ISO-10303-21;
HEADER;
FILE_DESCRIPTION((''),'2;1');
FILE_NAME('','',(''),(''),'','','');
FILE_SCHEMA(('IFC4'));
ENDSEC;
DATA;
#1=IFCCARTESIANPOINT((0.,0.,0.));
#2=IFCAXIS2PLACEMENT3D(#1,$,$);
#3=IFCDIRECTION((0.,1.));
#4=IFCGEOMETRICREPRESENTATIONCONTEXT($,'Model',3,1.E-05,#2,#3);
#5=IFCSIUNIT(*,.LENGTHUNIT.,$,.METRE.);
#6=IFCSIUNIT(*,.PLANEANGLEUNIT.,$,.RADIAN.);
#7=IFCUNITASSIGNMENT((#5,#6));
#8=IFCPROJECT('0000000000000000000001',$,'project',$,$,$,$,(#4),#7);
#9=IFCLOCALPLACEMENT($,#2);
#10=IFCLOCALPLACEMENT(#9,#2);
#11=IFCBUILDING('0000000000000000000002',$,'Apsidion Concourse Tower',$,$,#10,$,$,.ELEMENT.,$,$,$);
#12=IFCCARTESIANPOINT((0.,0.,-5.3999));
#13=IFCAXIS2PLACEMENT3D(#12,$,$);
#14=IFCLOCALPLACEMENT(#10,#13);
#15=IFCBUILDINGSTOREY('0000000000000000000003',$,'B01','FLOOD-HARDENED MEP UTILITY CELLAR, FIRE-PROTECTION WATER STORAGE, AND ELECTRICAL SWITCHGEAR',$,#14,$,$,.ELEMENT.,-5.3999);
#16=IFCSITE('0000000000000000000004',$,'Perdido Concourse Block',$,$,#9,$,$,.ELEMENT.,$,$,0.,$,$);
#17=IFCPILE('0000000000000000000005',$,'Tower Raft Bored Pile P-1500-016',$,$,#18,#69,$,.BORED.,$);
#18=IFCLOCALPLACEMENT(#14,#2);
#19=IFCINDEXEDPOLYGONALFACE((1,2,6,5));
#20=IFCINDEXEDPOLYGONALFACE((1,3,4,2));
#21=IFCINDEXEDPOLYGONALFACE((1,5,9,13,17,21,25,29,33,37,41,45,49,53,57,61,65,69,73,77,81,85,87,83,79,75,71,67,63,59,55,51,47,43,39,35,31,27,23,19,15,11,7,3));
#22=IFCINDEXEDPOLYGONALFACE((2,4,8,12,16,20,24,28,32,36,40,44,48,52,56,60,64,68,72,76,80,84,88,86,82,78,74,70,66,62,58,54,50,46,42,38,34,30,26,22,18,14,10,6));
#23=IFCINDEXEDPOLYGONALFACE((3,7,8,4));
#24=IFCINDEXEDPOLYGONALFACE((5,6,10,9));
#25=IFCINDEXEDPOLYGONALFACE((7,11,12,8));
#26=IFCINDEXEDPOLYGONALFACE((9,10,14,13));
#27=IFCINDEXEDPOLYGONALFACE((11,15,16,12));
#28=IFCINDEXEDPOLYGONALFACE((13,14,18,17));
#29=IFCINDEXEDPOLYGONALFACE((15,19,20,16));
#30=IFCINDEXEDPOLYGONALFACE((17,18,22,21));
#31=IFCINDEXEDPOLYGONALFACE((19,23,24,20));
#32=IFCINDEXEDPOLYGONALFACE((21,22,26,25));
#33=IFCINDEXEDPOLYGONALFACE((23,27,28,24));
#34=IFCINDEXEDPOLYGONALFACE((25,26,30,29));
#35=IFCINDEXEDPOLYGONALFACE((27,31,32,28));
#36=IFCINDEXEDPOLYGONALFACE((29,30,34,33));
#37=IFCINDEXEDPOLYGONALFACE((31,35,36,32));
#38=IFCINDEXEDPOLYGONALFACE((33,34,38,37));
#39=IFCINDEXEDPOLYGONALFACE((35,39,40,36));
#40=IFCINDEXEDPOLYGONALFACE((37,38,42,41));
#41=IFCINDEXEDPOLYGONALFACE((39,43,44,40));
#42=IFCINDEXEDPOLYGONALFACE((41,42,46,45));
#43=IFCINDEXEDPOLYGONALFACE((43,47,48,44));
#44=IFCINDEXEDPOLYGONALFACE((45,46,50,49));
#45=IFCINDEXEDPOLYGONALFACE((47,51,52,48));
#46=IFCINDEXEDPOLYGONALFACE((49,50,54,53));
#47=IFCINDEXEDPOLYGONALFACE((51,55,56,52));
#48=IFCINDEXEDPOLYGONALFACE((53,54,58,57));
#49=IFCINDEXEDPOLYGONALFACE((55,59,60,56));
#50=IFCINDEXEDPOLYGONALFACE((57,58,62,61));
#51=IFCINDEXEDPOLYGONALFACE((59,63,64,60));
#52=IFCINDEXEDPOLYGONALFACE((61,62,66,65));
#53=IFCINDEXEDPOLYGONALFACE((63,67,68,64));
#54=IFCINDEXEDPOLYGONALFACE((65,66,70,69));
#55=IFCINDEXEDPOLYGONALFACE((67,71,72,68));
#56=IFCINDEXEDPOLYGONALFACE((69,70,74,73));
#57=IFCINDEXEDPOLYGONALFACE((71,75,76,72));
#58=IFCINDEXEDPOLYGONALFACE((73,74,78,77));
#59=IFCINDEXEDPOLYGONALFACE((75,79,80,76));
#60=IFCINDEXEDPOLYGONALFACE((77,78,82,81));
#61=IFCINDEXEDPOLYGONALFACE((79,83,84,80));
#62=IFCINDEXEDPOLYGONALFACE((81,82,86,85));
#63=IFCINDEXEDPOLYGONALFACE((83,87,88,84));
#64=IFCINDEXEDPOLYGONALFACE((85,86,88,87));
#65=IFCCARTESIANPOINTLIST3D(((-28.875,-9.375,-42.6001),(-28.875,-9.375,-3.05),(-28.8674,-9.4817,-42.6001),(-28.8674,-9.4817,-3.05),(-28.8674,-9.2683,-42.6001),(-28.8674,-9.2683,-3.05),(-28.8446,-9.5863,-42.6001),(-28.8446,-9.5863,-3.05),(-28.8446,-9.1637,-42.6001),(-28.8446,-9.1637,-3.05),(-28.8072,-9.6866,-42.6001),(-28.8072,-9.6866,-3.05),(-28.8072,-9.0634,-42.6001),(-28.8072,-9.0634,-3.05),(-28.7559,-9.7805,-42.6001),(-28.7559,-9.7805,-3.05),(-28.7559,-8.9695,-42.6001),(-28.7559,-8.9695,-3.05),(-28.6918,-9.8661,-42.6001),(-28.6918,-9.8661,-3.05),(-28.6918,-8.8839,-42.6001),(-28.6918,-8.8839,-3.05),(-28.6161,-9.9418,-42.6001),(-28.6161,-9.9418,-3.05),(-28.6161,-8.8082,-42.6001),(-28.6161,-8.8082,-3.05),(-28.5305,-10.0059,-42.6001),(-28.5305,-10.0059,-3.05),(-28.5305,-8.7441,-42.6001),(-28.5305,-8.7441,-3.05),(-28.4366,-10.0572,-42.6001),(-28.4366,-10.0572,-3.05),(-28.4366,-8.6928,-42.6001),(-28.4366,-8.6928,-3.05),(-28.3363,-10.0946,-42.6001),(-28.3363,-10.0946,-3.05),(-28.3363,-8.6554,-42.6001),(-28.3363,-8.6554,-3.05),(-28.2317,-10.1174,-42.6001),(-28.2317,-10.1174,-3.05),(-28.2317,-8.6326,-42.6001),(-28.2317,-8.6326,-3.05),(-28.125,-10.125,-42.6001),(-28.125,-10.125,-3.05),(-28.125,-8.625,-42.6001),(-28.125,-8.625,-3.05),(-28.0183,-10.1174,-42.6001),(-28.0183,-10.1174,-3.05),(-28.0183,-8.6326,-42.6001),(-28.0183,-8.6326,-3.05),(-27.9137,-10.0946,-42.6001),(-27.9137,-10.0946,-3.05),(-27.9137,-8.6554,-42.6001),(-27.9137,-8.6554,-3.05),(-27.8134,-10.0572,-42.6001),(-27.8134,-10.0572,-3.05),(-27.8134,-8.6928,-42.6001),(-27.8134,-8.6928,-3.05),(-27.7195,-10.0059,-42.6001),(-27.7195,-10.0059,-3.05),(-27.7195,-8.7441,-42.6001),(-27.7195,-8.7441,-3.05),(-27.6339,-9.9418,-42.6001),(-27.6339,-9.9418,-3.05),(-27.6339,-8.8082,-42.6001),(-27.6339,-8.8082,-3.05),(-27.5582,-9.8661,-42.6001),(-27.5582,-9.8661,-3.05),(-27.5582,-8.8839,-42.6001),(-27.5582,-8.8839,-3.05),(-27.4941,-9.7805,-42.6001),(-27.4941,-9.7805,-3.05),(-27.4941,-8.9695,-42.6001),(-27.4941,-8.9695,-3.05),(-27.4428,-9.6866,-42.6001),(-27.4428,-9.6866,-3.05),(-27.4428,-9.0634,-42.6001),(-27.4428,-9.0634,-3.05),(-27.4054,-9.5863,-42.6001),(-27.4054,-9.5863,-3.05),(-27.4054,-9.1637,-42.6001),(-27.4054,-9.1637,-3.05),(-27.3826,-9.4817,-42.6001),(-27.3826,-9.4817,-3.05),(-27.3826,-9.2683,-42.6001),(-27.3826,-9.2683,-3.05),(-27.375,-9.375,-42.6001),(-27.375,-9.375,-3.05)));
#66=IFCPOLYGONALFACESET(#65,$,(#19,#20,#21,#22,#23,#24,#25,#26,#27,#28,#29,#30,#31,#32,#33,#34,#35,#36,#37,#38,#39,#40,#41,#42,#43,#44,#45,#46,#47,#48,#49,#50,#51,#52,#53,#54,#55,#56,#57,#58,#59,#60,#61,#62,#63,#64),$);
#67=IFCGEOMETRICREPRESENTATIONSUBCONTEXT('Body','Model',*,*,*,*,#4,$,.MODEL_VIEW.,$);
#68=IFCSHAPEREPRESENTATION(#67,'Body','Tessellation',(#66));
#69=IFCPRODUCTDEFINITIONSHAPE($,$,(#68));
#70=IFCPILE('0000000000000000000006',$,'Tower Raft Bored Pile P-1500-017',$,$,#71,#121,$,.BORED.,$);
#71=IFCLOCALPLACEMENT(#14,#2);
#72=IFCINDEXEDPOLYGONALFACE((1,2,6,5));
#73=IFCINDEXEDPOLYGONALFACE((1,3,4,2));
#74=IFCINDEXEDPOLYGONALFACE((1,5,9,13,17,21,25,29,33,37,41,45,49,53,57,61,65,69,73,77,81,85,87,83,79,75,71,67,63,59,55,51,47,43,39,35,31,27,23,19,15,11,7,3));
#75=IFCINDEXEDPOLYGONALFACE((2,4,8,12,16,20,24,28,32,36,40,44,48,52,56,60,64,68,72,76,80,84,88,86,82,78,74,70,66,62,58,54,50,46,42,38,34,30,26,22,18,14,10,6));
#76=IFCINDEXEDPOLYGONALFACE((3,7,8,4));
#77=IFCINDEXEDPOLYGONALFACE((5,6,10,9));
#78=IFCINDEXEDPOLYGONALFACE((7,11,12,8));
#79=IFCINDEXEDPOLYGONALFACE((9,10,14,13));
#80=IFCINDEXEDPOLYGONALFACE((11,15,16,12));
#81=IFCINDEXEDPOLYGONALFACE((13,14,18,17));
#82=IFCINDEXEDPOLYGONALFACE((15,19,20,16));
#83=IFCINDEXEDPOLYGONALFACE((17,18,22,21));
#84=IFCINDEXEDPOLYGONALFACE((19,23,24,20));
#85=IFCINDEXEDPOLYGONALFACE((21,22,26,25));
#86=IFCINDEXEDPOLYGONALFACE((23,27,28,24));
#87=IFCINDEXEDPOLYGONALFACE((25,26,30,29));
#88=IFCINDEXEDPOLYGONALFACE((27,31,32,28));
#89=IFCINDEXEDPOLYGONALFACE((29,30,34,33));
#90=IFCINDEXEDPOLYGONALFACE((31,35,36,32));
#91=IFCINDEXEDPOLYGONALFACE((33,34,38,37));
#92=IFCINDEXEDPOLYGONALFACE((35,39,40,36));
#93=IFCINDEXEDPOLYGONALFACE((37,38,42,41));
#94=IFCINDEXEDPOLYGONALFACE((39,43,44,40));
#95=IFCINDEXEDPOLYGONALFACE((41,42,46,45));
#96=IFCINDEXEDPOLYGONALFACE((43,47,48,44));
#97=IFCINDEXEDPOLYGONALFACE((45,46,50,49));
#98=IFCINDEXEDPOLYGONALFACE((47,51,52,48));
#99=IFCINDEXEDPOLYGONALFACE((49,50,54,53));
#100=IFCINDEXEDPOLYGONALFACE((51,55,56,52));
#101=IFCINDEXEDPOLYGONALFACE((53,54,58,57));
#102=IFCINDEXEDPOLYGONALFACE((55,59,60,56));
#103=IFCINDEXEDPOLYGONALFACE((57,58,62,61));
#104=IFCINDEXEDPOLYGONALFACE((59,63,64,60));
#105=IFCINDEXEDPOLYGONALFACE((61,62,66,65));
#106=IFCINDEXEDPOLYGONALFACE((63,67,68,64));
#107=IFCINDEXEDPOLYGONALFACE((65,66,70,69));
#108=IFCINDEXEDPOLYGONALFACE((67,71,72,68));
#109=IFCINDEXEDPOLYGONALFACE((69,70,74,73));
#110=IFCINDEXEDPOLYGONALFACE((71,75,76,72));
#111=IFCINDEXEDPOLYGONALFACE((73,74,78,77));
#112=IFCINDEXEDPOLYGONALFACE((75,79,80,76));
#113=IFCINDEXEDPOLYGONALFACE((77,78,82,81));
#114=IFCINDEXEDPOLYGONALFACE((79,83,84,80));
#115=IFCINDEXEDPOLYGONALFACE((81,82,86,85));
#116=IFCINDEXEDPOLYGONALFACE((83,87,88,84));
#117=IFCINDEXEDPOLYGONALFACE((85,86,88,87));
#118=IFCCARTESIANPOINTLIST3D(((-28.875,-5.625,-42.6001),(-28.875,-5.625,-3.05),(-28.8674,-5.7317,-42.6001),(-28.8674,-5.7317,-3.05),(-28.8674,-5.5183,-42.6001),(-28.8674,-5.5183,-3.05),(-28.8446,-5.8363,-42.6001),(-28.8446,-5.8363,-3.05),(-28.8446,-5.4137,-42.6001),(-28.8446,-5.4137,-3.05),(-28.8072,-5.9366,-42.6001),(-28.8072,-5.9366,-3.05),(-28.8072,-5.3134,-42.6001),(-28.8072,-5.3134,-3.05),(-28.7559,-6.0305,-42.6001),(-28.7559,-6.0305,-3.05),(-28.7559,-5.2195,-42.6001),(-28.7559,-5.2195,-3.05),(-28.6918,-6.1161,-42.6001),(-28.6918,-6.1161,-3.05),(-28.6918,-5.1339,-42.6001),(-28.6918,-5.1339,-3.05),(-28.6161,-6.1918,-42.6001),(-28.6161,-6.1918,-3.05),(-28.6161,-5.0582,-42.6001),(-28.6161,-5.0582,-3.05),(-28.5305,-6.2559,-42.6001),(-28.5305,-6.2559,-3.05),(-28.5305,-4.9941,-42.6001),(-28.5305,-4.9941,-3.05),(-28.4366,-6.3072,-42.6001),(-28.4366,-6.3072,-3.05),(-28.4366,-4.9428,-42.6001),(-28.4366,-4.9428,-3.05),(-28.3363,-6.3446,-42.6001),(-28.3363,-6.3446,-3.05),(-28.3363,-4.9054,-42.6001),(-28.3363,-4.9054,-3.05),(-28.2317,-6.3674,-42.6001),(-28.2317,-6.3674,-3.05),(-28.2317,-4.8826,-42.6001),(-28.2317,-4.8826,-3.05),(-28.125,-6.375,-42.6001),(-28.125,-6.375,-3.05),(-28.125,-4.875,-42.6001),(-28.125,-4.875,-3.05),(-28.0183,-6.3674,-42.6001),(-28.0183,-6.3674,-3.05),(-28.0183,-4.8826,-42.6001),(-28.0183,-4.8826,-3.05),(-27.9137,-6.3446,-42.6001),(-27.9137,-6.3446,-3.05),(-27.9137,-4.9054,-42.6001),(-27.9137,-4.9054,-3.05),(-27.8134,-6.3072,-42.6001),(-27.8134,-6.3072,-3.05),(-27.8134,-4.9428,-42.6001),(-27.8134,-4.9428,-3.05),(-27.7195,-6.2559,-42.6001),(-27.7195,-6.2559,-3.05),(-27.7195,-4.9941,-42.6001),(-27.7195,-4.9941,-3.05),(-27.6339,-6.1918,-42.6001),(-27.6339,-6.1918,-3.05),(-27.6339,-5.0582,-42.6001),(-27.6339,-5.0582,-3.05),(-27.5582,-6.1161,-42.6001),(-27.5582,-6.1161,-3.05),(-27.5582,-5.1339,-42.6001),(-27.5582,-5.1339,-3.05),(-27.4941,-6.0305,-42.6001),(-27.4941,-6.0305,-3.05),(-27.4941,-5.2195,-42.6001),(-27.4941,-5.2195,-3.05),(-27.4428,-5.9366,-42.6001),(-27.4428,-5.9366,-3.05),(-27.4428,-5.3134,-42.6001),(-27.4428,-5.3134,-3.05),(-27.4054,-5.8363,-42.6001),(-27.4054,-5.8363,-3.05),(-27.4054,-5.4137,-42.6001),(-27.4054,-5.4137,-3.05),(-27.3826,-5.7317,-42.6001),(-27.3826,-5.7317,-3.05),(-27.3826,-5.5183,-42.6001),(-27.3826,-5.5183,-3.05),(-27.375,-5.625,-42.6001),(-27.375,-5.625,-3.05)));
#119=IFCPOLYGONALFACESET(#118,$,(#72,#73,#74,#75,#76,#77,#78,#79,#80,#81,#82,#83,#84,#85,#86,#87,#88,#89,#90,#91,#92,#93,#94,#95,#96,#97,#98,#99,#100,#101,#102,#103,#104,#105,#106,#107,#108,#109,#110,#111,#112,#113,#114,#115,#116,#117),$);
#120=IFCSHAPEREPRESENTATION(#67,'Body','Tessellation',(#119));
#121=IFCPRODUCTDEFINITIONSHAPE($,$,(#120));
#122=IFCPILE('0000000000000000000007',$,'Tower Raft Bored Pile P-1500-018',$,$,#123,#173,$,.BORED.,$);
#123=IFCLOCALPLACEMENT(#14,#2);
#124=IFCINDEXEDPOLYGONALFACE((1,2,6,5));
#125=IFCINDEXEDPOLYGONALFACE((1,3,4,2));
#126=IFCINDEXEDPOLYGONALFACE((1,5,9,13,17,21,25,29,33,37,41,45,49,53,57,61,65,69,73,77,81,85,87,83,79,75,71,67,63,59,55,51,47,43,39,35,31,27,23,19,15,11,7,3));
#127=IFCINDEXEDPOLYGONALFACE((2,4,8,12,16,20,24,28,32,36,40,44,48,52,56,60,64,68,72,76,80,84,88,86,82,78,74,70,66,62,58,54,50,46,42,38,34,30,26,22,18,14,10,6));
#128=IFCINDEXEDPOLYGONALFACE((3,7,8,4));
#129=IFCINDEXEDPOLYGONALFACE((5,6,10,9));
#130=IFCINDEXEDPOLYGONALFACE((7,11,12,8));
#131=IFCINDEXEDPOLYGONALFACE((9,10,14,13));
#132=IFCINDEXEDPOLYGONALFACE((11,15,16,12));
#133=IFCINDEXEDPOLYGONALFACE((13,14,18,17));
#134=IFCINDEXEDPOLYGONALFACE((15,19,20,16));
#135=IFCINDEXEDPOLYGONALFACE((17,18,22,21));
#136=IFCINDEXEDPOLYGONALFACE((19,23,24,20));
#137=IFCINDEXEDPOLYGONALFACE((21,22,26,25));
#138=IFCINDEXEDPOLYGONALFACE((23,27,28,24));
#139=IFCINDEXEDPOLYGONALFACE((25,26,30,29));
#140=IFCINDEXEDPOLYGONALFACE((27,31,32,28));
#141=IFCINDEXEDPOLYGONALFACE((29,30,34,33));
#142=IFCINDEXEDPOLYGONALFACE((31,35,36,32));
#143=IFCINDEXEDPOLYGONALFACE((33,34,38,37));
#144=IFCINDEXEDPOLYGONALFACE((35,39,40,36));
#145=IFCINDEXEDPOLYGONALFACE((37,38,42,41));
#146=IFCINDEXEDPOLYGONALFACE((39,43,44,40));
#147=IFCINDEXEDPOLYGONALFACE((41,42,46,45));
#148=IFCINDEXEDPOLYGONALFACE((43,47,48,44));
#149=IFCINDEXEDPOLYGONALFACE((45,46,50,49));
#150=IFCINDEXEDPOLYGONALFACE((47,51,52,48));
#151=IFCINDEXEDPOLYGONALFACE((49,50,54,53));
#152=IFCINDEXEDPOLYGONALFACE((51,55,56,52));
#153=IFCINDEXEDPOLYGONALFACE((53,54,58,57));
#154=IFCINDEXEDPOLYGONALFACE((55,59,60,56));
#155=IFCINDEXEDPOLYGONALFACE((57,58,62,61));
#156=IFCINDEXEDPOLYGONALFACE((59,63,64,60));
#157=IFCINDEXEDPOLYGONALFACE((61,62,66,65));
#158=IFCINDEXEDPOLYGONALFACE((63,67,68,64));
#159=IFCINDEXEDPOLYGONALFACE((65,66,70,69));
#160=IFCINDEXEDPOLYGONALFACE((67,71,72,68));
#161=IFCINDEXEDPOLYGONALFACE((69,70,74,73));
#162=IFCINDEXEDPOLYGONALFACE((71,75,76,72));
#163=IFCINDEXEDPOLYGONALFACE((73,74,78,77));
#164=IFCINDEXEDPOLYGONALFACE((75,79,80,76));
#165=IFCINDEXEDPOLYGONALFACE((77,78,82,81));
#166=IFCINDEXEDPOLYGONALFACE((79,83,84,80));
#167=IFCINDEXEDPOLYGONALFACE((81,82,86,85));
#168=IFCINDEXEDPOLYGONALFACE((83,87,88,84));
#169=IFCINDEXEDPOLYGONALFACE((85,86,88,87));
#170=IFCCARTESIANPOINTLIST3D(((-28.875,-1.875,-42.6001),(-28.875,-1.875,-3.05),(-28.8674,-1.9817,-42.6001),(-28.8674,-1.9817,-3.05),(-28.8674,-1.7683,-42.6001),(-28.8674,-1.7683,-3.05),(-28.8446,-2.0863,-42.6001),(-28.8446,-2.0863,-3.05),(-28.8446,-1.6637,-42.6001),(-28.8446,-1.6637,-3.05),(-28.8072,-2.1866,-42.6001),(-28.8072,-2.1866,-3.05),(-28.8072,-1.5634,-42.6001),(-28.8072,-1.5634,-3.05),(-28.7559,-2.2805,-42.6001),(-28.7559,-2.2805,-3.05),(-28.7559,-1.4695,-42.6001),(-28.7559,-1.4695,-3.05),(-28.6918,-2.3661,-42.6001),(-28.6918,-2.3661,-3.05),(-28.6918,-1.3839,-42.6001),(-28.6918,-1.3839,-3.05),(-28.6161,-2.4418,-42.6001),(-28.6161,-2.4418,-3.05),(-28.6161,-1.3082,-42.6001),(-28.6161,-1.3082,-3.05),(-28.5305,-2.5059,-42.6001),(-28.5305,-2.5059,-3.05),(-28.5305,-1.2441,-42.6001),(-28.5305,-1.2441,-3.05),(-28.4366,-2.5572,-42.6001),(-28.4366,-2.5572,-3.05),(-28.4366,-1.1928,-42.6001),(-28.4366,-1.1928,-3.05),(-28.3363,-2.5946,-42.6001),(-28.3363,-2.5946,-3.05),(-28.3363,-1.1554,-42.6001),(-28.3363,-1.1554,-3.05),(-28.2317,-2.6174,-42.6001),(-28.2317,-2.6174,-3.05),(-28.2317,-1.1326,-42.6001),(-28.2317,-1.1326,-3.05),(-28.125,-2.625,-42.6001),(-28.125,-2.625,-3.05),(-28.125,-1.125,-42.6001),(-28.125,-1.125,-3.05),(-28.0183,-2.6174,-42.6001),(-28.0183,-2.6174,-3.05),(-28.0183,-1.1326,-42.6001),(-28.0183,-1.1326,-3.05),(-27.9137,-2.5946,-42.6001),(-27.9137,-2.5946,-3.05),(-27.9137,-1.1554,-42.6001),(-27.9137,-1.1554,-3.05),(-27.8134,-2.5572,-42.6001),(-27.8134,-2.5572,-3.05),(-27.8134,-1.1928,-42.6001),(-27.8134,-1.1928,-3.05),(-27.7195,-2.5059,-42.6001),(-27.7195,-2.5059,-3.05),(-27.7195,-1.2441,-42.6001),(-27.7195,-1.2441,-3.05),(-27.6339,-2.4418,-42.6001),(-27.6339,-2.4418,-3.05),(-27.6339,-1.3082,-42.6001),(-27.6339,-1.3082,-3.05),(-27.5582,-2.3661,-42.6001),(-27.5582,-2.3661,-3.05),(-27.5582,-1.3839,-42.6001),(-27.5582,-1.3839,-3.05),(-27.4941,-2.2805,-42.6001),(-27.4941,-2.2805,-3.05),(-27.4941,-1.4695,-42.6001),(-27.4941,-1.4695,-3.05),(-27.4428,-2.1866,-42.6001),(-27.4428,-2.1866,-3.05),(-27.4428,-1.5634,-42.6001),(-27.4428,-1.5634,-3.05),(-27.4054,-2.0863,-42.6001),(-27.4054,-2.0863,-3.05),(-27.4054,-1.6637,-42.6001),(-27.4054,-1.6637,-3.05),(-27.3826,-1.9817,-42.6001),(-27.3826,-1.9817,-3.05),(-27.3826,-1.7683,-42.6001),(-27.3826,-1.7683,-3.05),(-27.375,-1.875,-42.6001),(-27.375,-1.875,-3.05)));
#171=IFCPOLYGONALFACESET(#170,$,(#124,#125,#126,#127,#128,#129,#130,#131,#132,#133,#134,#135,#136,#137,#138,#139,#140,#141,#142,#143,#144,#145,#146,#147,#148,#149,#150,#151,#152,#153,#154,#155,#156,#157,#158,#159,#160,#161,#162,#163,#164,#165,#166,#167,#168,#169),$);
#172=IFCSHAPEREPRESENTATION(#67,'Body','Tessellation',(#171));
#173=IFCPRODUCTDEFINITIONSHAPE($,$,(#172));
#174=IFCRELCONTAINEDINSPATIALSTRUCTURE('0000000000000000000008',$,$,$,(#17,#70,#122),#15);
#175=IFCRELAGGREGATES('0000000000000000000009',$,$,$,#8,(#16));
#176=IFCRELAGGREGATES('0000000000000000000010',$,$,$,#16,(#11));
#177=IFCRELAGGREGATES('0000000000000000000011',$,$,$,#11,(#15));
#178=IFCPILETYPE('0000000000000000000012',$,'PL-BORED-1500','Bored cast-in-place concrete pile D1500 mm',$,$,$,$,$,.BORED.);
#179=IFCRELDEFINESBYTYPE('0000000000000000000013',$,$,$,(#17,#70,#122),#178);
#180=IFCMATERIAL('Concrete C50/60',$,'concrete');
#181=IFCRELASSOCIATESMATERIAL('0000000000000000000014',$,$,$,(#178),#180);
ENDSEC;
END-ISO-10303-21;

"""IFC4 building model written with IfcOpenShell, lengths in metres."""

from ifc_helpers import new_model, si_unit, direction, frame, origin, origin_2d, place, context, subcontext, project, spatial, circle, extrude, material, material_profile, profile_set, type_object, element, save


model = new_model("IFC4")

# Units and contexts
model_context = context("Model", 3, precision=1e-05, world=origin(), true_north=direction((0.0, 1.0)))
body_context = subcontext(model_context, "Body", "Model", "MODEL_VIEW")
ifc_project = project(units=[si_unit("LENGTHUNIT", "METRE"), si_unit("PLANEANGLEUNIT", "RADIAN")], contexts=[model_context])

# Site, building, storey
site_placement = place(None, origin())
site = spatial("IfcSite", under=ifc_project, at=site_placement, Name="Perdido Concourse Block", CompositionType="ELEMENT", RefElevation=0.0)
building_placement = place(site_placement, origin())
building = spatial("IfcBuilding", under=site, at=building_placement, Name="Apsidion Concourse Tower", CompositionType="ELEMENT")
storey_placement = place(building_placement, frame((0.0, 0.0, -5.3999)))
storey = spatial("IfcBuildingStorey", under=building, at=storey_placement, Name="B01", Description="FLOOD-HARDENED MEP UTILITY CELLAR, FIRE-PROTECTION WATER STORAGE, AND ELECTRICAL SWITCHGEAR", CompositionType="ELEMENT", Elevation=-5.3999)

# Shared definitions
ifc_material_1 = material(Name="Concrete C50/60", Category="concrete")

# Piles
ifc_material_profile_1 = material_profile(ifc_material_1, circle(Radius=0.75, at=origin_2d()), Name="BORED PILE D1500")
ifc_profile_set_1 = profile_set([ifc_material_profile_1], Name="Concrete C50/60")
pile_type_1 = type_object("IfcPileType", Name="PL-BORED-1500", Description="Bored cast-in-place concrete pile D1500 mm", PredefinedType="BORED", material=ifc_profile_set_1)
for number, where, z_axis, x_axis, name in (
    (1, (-28.125, -9.375, -3.05), (0.0, 0.0, -1.0), (1.0, 0.0, 0.0), "Tower Raft Bored Pile P-1500-016"),
    (2, (-28.125, -5.625, -3.05), (0.0, 0.0, -1.0), (1.0, 0.0, 0.0), "Tower Raft Bored Pile P-1500-017"),
    (3, (-28.125, -1.875, -3.05), (0.0, 0.0, -1.0), (1.0, 0.0, 0.0), "Tower Raft Bored Pile P-1500-018"),
):
    element("IfcPile", number, at=place(storey_placement, frame(where, z_axis=z_axis, x_axis=x_axis)), inside=storey, type_object=pile_type_1, Name=name, PredefinedType="BORED", context=body_context, shape_type="SweptSolid", body=[
        extrude(circle(Radius=0.75, at=origin_2d()), origin(), (0.0, 0.0, 1.0), 39.55),
    ])

save(model, "model.ifc")
